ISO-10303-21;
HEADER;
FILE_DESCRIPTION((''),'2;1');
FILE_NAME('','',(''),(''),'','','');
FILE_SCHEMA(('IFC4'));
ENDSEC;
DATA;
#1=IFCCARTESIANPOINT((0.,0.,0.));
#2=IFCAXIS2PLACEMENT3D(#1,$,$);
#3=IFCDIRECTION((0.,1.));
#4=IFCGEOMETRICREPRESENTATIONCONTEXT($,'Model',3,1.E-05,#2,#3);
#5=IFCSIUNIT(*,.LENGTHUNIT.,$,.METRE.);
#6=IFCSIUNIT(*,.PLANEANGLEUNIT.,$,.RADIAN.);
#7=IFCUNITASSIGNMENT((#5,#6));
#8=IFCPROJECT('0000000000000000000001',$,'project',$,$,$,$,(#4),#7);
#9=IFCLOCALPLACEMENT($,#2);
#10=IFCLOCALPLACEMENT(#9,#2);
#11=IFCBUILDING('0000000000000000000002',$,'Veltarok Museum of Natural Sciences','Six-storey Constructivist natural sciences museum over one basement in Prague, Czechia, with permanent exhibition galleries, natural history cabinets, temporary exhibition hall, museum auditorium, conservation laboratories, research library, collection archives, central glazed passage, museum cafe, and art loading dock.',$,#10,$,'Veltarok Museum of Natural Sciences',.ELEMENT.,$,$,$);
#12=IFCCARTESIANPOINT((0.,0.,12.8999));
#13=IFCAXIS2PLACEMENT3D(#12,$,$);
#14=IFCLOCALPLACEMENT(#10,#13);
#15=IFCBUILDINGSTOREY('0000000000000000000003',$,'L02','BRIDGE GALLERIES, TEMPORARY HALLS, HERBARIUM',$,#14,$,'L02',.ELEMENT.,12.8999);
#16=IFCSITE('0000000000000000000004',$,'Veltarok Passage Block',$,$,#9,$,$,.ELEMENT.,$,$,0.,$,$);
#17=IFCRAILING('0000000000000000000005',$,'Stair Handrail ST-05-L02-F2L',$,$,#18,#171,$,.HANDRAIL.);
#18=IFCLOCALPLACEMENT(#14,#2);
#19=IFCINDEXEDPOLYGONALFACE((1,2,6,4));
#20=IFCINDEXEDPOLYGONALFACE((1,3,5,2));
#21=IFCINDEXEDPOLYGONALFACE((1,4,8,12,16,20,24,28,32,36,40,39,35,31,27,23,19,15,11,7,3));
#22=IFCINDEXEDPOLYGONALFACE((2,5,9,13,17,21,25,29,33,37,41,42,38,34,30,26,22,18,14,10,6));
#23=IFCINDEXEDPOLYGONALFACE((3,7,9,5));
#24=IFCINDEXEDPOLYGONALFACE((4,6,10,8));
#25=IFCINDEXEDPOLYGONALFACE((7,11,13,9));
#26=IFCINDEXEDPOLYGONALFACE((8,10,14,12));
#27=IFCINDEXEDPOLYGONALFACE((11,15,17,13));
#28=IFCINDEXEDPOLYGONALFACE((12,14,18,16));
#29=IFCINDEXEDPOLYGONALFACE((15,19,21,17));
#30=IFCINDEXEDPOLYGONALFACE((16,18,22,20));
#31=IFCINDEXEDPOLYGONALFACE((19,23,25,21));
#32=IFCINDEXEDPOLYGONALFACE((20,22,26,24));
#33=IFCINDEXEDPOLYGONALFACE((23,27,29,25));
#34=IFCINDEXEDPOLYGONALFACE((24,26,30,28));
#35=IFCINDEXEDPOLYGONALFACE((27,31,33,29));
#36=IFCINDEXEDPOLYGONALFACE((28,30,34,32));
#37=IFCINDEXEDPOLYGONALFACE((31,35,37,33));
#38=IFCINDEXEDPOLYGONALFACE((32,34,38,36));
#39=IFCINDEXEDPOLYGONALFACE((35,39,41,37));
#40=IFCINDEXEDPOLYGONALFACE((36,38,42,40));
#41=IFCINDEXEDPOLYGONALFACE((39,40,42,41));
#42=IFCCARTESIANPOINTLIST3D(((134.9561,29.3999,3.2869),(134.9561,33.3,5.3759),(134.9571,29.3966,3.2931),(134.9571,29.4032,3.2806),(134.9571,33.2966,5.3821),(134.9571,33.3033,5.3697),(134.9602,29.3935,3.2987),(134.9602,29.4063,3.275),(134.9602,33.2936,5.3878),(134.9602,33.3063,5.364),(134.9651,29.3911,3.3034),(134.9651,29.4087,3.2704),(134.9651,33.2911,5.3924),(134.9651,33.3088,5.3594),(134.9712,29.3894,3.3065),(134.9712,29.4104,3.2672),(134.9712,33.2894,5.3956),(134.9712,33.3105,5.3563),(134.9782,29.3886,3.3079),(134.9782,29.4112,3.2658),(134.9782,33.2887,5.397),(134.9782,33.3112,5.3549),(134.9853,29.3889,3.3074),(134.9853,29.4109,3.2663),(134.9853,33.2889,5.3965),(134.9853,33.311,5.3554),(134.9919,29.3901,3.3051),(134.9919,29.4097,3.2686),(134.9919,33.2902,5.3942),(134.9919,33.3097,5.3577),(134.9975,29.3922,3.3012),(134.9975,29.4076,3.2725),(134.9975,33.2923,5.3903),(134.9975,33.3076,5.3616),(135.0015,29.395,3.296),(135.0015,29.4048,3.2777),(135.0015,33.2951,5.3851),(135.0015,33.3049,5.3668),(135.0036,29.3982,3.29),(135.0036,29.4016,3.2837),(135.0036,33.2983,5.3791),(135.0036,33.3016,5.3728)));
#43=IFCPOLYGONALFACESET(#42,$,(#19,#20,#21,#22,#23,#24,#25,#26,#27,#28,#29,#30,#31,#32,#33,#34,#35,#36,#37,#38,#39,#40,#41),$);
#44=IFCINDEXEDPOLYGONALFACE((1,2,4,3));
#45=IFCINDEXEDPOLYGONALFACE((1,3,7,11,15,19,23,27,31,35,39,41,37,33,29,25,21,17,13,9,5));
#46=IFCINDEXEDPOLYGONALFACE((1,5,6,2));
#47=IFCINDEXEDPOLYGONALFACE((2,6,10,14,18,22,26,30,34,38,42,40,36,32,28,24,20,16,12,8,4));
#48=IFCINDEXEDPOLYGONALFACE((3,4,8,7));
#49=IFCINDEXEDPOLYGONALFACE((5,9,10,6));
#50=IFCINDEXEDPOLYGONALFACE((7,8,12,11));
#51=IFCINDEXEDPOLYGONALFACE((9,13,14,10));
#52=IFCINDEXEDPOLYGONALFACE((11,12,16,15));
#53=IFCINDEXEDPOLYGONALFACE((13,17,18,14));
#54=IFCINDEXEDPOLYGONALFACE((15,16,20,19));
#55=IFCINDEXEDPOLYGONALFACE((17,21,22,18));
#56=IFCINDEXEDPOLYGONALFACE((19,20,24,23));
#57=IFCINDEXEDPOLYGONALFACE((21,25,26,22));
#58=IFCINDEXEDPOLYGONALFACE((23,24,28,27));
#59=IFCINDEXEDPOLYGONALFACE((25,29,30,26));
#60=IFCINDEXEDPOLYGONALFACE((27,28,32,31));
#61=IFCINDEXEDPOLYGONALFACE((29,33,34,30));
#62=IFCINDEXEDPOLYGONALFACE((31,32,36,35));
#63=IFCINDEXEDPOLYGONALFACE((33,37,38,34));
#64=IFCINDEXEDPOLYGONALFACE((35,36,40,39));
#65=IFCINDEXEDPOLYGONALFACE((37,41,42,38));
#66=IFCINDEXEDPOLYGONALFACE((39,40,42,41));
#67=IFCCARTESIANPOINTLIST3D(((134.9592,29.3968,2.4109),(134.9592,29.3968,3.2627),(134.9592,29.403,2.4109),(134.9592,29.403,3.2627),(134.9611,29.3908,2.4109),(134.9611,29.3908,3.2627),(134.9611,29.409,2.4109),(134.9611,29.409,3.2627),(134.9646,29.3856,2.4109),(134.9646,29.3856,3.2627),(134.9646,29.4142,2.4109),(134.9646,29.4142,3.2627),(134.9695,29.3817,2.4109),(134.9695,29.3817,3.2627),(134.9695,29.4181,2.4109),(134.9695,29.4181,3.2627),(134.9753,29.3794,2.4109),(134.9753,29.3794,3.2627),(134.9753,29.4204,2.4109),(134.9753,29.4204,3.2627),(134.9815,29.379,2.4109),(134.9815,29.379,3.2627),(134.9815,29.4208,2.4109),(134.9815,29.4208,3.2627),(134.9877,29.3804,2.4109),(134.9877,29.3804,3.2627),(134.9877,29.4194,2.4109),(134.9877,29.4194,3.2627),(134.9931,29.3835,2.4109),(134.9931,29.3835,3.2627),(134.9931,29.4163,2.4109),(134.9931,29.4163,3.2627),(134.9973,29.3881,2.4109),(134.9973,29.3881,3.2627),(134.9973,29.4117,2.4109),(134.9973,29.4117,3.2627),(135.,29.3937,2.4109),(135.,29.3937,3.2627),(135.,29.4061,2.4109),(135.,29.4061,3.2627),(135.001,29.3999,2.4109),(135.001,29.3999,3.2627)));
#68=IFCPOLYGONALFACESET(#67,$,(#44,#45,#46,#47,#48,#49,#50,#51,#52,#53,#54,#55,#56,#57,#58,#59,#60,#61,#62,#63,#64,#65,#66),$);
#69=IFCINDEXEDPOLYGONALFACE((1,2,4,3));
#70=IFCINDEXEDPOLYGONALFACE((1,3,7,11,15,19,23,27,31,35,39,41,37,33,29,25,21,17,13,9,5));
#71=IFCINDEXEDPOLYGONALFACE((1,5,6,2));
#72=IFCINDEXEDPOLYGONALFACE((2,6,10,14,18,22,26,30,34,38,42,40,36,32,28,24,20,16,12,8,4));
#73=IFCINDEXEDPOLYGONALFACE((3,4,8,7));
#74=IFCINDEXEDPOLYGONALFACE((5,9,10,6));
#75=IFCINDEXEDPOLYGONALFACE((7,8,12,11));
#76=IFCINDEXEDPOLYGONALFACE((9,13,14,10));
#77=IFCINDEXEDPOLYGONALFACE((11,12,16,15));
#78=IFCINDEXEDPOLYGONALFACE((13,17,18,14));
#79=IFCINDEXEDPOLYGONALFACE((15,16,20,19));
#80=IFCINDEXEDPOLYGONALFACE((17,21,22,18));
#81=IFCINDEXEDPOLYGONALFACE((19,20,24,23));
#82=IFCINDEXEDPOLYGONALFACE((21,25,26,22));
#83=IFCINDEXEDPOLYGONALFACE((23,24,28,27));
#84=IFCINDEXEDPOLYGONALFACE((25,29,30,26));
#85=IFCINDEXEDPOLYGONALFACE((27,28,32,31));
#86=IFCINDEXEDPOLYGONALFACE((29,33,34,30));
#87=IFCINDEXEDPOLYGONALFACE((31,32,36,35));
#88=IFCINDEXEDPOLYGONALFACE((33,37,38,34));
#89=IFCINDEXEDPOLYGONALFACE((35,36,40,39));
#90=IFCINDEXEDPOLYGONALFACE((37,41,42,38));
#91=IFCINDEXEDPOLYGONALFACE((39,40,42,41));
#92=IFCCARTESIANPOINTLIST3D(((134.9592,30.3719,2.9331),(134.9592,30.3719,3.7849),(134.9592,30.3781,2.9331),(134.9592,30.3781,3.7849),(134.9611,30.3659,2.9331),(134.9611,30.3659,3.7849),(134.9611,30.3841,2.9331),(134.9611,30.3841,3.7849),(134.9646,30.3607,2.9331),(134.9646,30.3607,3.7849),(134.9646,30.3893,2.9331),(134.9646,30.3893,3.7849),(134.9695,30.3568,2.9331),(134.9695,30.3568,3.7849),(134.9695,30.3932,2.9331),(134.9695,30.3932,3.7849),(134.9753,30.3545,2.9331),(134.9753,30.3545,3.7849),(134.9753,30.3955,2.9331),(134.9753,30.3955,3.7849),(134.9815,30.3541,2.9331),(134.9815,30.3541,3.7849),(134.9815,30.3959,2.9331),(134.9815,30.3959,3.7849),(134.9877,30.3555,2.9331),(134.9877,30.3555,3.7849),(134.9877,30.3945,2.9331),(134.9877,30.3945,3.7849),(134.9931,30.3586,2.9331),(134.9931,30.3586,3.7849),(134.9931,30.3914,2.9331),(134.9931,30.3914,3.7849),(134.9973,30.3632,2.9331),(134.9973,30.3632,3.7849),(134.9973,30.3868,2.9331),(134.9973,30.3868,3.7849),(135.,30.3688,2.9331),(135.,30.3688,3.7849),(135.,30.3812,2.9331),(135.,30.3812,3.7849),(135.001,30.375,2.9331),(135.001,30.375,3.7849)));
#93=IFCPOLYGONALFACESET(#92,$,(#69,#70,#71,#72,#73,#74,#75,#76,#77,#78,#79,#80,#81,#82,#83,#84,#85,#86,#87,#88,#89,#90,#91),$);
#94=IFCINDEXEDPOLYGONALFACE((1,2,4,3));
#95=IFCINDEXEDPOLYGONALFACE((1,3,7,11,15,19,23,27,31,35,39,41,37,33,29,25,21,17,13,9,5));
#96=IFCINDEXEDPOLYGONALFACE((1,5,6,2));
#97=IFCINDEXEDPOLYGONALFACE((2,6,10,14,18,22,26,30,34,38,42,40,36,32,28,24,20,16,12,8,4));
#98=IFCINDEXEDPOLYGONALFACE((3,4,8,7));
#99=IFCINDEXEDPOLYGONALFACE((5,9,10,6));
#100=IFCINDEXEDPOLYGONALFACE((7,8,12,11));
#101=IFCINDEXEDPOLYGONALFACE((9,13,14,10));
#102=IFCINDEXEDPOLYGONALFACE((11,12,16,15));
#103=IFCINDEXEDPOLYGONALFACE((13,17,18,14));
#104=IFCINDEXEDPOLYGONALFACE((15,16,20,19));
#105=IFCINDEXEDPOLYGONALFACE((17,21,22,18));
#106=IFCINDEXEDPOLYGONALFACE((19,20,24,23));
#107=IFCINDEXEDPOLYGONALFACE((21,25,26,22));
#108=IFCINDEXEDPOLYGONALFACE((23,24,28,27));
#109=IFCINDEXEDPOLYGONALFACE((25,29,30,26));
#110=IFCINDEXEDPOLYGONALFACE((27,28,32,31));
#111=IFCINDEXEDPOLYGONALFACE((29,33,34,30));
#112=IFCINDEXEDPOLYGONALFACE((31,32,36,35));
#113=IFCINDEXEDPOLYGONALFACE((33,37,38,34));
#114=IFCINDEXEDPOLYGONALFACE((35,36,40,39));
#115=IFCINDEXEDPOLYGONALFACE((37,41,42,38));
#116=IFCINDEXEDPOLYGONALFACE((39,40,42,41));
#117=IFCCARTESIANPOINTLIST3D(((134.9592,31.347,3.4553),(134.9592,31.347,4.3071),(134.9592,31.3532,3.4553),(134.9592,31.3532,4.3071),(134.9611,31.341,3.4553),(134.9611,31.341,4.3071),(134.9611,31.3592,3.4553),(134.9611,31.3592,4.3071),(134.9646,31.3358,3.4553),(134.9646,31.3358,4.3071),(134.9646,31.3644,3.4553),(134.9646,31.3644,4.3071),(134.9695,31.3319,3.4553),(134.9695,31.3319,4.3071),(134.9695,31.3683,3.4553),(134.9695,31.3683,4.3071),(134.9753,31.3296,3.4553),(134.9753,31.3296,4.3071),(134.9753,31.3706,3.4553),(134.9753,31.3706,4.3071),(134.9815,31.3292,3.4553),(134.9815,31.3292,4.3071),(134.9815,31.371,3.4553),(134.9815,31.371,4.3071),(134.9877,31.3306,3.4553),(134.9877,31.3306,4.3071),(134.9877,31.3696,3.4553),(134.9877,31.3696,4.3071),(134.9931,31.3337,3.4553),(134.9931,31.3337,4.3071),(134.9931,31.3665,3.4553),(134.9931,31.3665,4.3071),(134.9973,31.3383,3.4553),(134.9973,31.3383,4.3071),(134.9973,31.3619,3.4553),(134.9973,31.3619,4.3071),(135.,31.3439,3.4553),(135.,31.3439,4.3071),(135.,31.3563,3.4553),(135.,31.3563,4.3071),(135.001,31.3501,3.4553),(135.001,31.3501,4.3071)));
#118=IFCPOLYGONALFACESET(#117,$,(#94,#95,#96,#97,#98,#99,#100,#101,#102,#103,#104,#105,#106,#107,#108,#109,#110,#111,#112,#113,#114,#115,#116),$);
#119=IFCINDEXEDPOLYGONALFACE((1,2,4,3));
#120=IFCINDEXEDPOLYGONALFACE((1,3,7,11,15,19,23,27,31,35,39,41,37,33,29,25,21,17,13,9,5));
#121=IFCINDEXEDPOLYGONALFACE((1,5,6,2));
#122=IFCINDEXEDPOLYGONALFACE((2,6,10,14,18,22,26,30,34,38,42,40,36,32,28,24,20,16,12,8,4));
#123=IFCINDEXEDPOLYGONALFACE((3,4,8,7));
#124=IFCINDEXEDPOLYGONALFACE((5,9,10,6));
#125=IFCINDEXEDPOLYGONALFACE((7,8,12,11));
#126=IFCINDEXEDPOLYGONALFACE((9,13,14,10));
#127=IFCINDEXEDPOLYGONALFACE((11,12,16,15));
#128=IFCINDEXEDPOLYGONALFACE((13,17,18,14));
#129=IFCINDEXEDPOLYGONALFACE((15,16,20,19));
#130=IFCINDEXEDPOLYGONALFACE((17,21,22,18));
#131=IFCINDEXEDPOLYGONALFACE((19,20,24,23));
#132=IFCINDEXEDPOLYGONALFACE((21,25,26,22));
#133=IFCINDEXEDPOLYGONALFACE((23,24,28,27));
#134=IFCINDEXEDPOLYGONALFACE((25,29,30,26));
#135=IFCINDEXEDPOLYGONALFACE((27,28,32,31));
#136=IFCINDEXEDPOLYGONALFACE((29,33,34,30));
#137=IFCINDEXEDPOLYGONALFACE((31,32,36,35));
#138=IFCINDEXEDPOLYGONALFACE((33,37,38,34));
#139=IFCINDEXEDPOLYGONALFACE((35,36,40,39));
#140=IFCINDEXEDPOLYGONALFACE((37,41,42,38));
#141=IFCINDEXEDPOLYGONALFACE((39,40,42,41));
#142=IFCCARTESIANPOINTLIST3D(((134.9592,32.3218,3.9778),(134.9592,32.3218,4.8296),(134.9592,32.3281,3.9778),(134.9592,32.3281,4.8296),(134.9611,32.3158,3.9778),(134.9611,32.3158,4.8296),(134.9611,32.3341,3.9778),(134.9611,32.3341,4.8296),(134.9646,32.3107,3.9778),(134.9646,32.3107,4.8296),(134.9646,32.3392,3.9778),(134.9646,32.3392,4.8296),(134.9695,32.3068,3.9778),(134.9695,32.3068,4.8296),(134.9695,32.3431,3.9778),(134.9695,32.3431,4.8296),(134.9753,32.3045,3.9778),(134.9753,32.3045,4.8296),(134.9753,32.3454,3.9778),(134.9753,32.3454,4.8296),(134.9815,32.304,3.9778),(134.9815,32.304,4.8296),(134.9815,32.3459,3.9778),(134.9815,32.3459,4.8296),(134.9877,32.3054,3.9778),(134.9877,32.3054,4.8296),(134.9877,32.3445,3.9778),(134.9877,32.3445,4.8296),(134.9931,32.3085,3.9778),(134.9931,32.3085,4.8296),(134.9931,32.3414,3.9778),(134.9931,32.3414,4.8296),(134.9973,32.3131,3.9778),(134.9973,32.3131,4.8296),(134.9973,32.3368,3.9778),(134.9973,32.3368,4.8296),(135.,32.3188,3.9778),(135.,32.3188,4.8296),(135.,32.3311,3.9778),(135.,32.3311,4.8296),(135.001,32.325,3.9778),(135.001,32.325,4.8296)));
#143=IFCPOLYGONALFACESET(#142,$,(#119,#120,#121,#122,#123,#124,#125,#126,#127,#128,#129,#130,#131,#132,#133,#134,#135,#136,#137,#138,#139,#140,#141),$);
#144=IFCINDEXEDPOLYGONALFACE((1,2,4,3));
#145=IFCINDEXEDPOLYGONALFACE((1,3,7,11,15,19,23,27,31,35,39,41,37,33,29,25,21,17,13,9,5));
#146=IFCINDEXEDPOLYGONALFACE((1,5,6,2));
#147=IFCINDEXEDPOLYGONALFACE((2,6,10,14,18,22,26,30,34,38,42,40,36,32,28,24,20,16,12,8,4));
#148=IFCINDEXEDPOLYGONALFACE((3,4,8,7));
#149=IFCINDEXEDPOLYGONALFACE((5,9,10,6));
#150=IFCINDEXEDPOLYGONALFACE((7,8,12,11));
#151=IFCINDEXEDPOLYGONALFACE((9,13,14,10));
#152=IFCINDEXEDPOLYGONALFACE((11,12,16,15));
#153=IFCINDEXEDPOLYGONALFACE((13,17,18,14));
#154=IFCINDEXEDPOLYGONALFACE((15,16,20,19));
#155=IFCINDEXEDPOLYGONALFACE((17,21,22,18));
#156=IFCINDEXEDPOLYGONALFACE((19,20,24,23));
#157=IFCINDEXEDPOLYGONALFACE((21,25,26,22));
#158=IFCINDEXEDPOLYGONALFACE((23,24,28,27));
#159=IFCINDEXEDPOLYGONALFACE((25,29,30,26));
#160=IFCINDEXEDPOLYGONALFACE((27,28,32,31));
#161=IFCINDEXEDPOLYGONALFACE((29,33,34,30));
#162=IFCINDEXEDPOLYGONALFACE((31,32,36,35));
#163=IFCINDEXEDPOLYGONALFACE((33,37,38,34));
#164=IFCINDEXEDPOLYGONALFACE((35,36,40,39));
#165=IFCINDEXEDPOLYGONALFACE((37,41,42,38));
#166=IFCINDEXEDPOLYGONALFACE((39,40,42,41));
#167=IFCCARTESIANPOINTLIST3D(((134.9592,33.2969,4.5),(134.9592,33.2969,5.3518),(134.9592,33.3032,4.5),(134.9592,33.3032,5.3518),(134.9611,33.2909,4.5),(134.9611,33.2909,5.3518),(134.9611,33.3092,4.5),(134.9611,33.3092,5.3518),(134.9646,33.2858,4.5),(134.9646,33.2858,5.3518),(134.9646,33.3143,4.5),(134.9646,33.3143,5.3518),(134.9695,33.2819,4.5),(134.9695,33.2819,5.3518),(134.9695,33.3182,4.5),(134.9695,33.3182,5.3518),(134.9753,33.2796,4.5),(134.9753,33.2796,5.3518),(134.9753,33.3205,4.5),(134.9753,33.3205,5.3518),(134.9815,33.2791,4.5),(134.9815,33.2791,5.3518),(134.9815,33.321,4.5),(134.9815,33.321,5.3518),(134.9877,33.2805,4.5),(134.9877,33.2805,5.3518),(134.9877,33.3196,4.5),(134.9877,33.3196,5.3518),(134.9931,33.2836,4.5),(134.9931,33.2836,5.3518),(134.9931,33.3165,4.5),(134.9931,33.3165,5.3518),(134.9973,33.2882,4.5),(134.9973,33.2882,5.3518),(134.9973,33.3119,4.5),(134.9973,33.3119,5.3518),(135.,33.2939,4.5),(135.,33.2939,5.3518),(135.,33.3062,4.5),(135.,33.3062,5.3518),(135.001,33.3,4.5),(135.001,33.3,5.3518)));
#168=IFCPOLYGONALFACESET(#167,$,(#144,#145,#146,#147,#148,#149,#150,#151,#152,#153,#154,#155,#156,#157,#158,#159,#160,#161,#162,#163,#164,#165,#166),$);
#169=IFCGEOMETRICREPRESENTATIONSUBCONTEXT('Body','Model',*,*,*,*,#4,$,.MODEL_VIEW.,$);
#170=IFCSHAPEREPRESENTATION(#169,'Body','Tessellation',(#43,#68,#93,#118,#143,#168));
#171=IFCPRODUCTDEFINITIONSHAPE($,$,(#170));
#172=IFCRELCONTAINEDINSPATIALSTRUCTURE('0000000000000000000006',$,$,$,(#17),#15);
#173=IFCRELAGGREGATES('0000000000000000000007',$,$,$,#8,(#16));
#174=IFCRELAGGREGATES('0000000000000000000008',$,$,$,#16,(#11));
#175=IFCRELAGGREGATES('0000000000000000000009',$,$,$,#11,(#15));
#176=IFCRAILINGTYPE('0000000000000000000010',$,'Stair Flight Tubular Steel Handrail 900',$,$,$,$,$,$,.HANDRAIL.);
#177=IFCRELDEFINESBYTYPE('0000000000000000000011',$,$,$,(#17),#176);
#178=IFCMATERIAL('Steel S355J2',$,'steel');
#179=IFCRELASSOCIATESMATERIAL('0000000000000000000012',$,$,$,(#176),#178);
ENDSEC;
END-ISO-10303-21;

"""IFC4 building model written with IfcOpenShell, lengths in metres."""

from ifc_helpers import new_model, si_unit, direction, frame, origin, origin_2d, place, context, subcontext, project, spatial, circle, extrude, material, type_object, element, save


model = new_model("IFC4")

# Units and contexts
model_context = context("Model", 3, precision=1e-05, world=origin(), true_north=direction((0.0, 1.0)))
body_context = subcontext(model_context, "Body", "Model", "MODEL_VIEW")
ifc_project = project(units=[si_unit("LENGTHUNIT", "METRE"), si_unit("PLANEANGLEUNIT", "RADIAN")], contexts=[model_context])

# Site, building, storey
site_placement = place(None, origin())
site = spatial("IfcSite", under=ifc_project, at=site_placement, Name="Veltarok Passage Block", CompositionType="ELEMENT", RefElevation=0.0)
building_placement = place(site_placement, origin())
building = spatial("IfcBuilding", under=site, at=building_placement, Name="Veltarok Museum of Natural Sciences", Description="Six-storey Constructivist natural sciences museum over one basement in Prague, Czechia, with permanent exhibition galleries, natural history cabinets, temporary exhibition hall, museum auditorium, conservation laboratories, research library, collection archives, central glazed passage, museum cafe, and art loading dock.", LongName="Veltarok Museum of Natural Sciences", CompositionType="ELEMENT")
storey_placement = place(building_placement, frame((0.0, 0.0, 12.8999)))
storey = spatial("IfcBuildingStorey", under=building, at=storey_placement, Name="L02", Description="BRIDGE GALLERIES, TEMPORARY HALLS, HERBARIUM", LongName="L02", CompositionType="ELEMENT", Elevation=12.8999)

# Shared definitions
ifc_material_1 = material(Name="Steel S355J2", Category="steel")

# Railing
railing_type_1 = type_object("IfcRailingType", Name="Stair Flight Tubular Steel Handrail 900", PredefinedType="HANDRAIL", material=ifc_material_1)
for number, where, name in (
    (1, (134.98, 29.3999, 2.4109), "Stair Handrail ST-05-L02-F2L"),
):
    element("IfcRailing", number, at=place(storey_placement, frame(where)), inside=storey, type_object=railing_type_1, Name=name, PredefinedType="HANDRAIL", context=body_context, shape_type="SweptSolid", body=[
        extrude(circle(Radius=0.0239, at=origin_2d()), frame((0.0, 0.0, 0.876), z_axis=(0.0, 0.881504, 0.472177), x_axis=(-1.0, 0.0, 0.0)), (0.0, 0.0, 1.0), 4.4243),
        extrude(circle(Radius=0.021, at=origin_2d()), origin(), (0.0, 0.0, 1.0), 0.8518),
        extrude(circle(Radius=0.021, at=origin_2d()), frame((0.0, 0.9751, 0.5222)), (0.0, 0.0, 1.0), 0.8518),
        extrude(circle(Radius=0.021, at=origin_2d()), frame((0.0, 1.9502, 1.0444)), (0.0, 0.0, 1.0), 0.8518),
        extrude(circle(Radius=0.021, at=origin_2d()), frame((0.0, 2.925, 1.5669)), (0.0, 0.0, 1.0), 0.8518),
        extrude(circle(Radius=0.021, at=origin_2d()), frame((0.0, 3.9001, 2.0891)), (0.0, 0.0, 1.0), 0.8518),
    ])

save(model, "model.ifc")
